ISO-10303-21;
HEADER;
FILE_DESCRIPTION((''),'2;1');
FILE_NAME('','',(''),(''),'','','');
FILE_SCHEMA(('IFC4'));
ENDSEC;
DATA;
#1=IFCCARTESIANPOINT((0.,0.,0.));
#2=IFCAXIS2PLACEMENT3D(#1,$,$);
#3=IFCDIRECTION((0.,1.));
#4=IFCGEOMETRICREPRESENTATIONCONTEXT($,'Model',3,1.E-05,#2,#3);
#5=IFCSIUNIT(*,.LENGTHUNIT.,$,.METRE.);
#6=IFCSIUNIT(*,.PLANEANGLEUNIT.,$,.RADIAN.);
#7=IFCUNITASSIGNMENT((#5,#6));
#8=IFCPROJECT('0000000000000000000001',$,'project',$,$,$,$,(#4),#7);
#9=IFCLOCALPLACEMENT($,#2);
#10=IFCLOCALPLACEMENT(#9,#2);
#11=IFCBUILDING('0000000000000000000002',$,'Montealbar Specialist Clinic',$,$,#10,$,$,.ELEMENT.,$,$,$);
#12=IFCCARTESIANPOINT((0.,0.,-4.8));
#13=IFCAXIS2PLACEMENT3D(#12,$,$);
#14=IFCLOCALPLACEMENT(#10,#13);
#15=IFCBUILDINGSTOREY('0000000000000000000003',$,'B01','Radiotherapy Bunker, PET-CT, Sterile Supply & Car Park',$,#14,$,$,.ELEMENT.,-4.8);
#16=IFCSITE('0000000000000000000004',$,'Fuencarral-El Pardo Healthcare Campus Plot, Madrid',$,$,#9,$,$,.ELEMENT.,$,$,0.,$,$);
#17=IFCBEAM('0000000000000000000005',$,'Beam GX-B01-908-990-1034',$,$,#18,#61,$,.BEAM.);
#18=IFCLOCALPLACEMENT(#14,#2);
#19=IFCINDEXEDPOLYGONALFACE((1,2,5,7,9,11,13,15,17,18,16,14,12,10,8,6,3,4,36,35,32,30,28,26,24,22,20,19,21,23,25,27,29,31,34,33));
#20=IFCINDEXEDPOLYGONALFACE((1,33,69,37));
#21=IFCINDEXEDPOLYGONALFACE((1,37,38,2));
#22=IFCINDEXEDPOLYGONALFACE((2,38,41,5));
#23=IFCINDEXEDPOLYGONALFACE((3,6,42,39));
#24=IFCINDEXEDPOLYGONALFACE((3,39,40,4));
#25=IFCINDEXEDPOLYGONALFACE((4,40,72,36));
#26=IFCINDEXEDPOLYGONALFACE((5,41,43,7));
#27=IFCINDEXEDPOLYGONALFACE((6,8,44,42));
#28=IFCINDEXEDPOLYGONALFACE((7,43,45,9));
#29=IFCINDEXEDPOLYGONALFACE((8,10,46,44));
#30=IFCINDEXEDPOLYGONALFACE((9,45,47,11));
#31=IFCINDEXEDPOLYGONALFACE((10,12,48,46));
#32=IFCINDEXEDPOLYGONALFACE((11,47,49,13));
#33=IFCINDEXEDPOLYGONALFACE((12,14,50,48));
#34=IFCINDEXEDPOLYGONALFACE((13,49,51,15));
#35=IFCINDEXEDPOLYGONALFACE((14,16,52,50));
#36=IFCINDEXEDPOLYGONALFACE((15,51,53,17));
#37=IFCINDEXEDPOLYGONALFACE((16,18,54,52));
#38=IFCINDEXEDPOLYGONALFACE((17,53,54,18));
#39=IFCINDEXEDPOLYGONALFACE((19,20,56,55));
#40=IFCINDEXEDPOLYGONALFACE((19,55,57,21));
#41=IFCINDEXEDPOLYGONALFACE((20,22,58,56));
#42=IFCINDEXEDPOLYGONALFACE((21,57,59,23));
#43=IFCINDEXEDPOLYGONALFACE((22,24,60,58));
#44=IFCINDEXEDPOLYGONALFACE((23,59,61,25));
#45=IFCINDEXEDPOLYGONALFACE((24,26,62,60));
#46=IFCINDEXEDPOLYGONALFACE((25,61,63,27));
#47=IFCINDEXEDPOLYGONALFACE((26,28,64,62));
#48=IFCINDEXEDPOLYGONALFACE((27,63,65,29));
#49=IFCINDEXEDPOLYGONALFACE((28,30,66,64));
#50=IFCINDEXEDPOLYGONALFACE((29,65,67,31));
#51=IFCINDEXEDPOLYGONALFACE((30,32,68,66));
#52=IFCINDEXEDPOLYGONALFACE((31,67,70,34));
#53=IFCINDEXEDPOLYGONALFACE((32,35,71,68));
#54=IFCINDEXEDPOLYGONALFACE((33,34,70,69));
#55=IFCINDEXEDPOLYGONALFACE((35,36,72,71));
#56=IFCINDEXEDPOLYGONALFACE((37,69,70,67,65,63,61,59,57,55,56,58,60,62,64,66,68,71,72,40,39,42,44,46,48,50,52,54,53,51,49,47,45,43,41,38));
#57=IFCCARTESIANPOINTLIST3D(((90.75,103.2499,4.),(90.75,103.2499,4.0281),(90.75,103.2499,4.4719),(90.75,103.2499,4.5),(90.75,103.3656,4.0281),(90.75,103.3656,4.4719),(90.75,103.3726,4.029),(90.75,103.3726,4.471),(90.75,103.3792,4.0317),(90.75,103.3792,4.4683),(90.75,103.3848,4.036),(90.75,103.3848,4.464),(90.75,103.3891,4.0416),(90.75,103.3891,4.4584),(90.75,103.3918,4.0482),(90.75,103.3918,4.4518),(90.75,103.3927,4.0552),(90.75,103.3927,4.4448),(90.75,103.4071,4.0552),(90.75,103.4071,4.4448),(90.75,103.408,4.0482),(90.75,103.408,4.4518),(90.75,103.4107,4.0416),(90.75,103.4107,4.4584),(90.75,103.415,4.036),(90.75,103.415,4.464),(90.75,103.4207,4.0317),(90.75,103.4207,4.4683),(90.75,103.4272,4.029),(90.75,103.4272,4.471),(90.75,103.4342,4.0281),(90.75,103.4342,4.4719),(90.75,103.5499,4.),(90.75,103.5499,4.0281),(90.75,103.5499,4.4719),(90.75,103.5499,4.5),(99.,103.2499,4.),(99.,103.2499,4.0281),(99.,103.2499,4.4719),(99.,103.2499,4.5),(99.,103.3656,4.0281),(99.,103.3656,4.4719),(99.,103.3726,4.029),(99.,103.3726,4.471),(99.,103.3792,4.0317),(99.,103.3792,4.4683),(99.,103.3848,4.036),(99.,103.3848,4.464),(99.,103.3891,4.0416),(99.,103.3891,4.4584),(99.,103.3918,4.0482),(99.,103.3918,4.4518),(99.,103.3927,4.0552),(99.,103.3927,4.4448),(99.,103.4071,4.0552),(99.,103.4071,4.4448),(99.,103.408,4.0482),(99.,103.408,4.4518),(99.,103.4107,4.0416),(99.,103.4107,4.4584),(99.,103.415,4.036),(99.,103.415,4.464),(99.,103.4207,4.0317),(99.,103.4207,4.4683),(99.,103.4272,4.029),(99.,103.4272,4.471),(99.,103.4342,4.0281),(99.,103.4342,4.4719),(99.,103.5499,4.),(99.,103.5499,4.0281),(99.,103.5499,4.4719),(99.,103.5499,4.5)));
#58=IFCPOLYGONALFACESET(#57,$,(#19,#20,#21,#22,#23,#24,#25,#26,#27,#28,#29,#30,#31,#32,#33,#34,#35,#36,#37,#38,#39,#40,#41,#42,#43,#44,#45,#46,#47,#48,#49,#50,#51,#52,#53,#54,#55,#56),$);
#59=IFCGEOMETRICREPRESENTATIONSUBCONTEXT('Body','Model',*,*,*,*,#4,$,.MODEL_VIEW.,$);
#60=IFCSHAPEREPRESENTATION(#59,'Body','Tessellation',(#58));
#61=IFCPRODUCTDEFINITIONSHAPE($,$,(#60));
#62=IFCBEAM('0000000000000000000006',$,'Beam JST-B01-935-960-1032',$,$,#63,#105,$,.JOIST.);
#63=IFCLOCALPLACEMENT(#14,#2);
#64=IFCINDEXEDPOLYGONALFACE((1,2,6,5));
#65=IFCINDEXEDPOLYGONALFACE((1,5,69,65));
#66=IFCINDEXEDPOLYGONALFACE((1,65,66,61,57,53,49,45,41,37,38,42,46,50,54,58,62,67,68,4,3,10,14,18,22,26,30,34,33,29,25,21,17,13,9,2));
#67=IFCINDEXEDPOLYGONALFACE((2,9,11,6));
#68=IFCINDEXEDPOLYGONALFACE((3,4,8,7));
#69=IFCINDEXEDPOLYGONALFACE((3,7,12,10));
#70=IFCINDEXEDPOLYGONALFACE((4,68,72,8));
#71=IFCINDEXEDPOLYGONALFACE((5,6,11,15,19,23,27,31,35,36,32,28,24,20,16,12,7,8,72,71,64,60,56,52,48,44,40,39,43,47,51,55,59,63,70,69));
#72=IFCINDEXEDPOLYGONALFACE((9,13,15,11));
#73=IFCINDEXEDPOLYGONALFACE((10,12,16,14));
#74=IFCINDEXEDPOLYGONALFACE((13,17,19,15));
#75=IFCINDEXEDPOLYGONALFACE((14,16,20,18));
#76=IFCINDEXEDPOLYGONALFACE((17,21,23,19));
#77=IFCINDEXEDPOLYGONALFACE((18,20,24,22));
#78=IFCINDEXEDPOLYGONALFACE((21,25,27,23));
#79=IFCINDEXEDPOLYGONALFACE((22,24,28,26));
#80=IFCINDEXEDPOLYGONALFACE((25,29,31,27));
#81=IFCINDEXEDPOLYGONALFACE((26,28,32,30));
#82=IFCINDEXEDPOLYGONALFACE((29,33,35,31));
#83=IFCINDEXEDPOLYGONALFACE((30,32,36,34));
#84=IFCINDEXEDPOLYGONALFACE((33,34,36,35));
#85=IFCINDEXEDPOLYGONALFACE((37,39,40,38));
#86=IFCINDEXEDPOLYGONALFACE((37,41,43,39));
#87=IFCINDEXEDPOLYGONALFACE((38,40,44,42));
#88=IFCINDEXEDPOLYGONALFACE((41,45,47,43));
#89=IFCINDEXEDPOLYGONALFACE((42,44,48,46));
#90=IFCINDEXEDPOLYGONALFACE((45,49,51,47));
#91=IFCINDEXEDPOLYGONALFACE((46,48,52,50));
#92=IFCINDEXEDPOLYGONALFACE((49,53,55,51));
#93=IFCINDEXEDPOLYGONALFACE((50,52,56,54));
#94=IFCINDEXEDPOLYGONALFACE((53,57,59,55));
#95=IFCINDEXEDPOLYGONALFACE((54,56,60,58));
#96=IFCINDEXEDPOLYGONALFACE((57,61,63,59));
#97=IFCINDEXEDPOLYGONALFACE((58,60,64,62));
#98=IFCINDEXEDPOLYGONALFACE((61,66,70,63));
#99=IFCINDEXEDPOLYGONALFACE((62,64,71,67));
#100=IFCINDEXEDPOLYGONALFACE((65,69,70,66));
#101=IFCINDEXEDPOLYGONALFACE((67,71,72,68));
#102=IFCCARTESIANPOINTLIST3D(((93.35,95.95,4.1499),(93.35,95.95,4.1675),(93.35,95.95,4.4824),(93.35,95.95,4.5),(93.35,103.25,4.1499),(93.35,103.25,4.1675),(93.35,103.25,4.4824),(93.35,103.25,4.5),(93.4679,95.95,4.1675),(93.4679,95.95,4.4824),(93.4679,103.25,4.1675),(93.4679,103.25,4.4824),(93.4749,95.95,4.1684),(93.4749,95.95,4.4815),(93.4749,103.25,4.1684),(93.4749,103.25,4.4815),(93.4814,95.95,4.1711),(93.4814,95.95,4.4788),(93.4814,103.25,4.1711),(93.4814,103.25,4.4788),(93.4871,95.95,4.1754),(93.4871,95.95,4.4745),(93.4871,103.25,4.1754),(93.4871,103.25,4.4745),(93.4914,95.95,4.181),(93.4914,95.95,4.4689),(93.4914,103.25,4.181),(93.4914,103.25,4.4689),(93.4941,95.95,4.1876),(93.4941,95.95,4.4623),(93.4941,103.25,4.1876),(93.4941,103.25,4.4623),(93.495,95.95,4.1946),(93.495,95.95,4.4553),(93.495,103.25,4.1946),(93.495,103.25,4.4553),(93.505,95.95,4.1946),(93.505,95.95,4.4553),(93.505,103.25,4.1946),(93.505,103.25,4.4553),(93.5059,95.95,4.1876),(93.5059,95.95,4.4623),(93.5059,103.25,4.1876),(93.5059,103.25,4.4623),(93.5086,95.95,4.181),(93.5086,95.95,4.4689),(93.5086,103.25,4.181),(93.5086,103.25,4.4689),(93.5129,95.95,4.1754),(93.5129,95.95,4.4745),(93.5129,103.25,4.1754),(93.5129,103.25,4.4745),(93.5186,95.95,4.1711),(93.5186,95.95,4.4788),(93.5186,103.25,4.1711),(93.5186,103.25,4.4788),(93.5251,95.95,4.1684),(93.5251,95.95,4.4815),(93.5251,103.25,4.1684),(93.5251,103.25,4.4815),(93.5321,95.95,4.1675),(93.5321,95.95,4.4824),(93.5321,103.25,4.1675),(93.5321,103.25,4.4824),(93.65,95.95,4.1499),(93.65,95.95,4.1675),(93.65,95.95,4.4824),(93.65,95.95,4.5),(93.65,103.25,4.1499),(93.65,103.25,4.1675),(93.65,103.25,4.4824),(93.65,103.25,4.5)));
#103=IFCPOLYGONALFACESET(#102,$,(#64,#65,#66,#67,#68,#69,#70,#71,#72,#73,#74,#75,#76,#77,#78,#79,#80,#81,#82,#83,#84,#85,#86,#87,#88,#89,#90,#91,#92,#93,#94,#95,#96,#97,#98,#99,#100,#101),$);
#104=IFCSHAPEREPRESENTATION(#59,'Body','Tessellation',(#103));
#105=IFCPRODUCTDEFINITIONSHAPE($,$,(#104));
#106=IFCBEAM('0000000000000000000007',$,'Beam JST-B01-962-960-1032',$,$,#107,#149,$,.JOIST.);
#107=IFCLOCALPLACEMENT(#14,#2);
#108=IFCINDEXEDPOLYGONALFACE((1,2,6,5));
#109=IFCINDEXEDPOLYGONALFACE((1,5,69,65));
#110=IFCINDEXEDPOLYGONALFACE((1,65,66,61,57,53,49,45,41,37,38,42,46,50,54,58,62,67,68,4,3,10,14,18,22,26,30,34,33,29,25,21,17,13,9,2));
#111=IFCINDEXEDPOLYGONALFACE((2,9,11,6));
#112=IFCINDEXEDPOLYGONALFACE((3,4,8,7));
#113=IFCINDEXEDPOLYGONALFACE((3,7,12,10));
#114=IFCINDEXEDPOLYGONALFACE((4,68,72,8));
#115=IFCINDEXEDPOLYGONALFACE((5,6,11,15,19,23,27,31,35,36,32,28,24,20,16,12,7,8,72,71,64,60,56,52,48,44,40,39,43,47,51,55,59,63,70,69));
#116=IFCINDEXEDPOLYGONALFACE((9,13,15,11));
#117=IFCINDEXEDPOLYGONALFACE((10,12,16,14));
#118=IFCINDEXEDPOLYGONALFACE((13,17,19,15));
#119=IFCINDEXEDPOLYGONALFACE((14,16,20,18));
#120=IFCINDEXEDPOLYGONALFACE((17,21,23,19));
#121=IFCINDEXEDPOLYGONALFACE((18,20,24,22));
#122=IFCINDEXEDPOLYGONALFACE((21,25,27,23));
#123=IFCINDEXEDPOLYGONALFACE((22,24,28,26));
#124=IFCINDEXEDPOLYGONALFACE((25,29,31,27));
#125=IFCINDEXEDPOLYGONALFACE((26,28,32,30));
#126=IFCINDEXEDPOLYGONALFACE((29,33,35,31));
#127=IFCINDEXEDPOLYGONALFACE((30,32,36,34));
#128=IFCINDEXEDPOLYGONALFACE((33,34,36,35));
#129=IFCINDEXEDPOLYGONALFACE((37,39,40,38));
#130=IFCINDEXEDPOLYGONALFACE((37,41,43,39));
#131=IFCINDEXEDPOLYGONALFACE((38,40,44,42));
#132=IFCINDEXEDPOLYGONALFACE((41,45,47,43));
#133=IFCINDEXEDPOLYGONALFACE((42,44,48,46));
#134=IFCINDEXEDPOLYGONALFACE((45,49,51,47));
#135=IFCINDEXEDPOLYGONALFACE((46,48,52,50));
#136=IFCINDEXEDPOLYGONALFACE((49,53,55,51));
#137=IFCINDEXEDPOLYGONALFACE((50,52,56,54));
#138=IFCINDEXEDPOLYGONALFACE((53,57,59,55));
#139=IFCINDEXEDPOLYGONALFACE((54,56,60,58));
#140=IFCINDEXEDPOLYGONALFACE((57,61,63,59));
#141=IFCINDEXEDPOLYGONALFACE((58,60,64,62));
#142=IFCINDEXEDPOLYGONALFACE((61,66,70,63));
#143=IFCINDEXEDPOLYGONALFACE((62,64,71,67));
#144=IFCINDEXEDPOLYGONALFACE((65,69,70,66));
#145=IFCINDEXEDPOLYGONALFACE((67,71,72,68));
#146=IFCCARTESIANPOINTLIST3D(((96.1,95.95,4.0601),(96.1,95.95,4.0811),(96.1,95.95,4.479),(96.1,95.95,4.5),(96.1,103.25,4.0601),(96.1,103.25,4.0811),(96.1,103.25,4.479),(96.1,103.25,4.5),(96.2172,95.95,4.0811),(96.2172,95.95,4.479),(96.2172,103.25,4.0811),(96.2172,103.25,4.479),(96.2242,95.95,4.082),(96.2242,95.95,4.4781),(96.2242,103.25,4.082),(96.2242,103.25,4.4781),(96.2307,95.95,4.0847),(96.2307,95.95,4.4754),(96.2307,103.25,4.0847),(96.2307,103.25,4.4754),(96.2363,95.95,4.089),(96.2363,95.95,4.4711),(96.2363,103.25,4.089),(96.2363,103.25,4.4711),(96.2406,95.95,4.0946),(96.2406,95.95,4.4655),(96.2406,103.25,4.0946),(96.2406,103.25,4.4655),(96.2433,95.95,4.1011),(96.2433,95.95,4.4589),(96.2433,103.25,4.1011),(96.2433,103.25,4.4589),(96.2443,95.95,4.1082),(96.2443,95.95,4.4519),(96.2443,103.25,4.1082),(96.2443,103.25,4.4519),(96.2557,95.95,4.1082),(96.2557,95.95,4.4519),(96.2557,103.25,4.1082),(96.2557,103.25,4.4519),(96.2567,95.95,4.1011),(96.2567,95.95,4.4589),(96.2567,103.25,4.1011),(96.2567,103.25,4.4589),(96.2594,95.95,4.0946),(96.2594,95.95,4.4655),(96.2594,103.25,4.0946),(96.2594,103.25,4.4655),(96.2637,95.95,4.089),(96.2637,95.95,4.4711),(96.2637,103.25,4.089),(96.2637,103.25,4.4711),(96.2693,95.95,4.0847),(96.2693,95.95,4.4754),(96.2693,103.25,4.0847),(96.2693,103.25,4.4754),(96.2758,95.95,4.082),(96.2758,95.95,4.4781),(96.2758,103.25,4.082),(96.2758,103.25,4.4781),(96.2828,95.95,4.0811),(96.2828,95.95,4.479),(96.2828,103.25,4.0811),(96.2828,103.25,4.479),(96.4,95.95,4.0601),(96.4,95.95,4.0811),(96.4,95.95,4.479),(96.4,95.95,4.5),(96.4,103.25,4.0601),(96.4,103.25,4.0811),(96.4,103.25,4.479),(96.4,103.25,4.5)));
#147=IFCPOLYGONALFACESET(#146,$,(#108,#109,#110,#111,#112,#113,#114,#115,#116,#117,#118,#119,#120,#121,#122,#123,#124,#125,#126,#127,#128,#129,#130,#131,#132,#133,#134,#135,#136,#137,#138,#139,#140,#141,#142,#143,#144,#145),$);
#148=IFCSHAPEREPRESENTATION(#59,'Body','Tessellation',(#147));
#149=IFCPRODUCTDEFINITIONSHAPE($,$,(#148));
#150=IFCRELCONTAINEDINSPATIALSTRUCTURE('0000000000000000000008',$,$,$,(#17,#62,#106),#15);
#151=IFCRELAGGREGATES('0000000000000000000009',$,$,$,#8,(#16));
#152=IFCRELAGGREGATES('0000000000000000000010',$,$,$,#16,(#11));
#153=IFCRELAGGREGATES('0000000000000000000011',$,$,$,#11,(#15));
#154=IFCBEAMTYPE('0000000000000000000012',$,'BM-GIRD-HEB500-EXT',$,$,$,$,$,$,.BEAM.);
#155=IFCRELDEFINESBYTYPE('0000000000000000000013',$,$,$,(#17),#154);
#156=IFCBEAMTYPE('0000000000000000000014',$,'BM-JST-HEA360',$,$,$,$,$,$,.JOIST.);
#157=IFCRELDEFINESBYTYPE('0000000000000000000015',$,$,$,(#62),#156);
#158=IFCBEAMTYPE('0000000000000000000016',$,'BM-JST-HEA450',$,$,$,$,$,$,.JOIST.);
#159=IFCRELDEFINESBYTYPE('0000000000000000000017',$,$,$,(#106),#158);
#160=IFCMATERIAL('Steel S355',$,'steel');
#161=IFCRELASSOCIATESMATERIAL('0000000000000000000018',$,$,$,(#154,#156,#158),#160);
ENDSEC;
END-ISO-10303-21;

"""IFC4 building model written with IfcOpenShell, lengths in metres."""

from ifc_helpers import new_model, si_unit, direction, frame, origin, origin_2d, place, context, subcontext, project, spatial, i_section, extrude, material, material_profile, profile_set, type_object, element, save


model = new_model("IFC4")

# Units and contexts
model_context = context("Model", 3, precision=1e-05, world=origin(), true_north=direction((0.0, 1.0)))
body_context = subcontext(model_context, "Body", "Model", "MODEL_VIEW")
ifc_project = project(units=[si_unit("LENGTHUNIT", "METRE"), si_unit("PLANEANGLEUNIT", "RADIAN")], contexts=[model_context])

# Site, building, storey
site_placement = place(None, origin())
site = spatial("IfcSite", under=ifc_project, at=site_placement, Name="Fuencarral-El Pardo Healthcare Campus Plot, Madrid", CompositionType="ELEMENT", RefElevation=0.0)
building_placement = place(site_placement, origin())
building = spatial("IfcBuilding", under=site, at=building_placement, Name="Montealbar Specialist Clinic", CompositionType="ELEMENT")
storey_placement = place(building_placement, frame((0.0, 0.0, -4.8)))
storey = spatial("IfcBuildingStorey", under=building, at=storey_placement, Name="B01", Description="Radiotherapy Bunker, PET-CT, Sterile Supply & Car Park", CompositionType="ELEMENT", Elevation=-4.8)

# Shared definitions
ifc_material_1 = material(Name="Steel S355", Category="steel")

# Beams
ifc_material_profile_1 = material_profile(ifc_material_1, i_section(OverallWidth=0.3, OverallDepth=0.5, WebThickness=0.0144, FlangeThickness=0.0281, FilletRadius=0.0271, at=origin_2d()), Name="HEB 500", Category="steel")
ifc_profile_set_1 = profile_set([ifc_material_profile_1], Name="Steel S355")
beam_type_1 = type_object("IfcBeamType", Name="BM-GIRD-HEB500-EXT", PredefinedType="BEAM", material=ifc_profile_set_1)
for number, where, z_axis, x_axis, name in (
    (1, (90.75, 103.3999, 4.25), (1.0, 0.0, 0.0), (0.0, 1.0, 0.0), "Beam GX-B01-908-990-1034"),
):
    element("IfcBeam", number, at=place(storey_placement, frame(where, z_axis=z_axis, x_axis=x_axis)), inside=storey, type_object=beam_type_1, Name=name, PredefinedType="BEAM", context=body_context, shape_type="SweptSolid", body=[
        extrude(i_section(OverallWidth=0.3, OverallDepth=0.5, WebThickness=0.0144, FlangeThickness=0.0281, FilletRadius=0.0271, at=origin_2d()), origin(), (0.0, 0.0, 1.0), 8.25),
    ])
ifc_material_profile_2 = material_profile(ifc_material_1, i_section(OverallWidth=0.3, OverallDepth=0.3501, WebThickness=0.01, FlangeThickness=0.0176, FilletRadius=0.0271, at=origin_2d()), Name="HEA 360", Category="steel")
ifc_profile_set_2 = profile_set([ifc_material_profile_2], Name="Steel S355")
beam_type_2 = type_object("IfcBeamType", Name="BM-JST-HEA360", PredefinedType="JOIST", material=ifc_profile_set_2)
beam_1_placement = place(storey_placement, frame((93.5, 95.95, 4.325), z_axis=(0.0, 1.0, 0.0), x_axis=(-1.0, 0.0, 0.0)))
element("IfcBeam", 2, at=beam_1_placement, inside=storey, type_object=beam_type_2, Name="Beam JST-B01-935-960-1032", PredefinedType="JOIST", context=body_context, shape_type="SweptSolid", body=[
    extrude(i_section(OverallWidth=0.3, OverallDepth=0.3501, WebThickness=0.01, FlangeThickness=0.0176, FilletRadius=0.0271, at=origin_2d()), origin(), (0.0, 0.0, 1.0), 7.3),
])
ifc_material_profile_3 = material_profile(ifc_material_1, i_section(OverallWidth=0.3, OverallDepth=0.4399, WebThickness=0.0115, FlangeThickness=0.021, FilletRadius=0.0271, at=origin_2d()), Name="HEA 450", Category="steel")
ifc_profile_set_3 = profile_set([ifc_material_profile_3], Name="Steel S355")
beam_type_3 = type_object("IfcBeamType", Name="BM-JST-HEA450", PredefinedType="JOIST", material=ifc_profile_set_3)
beam_2_placement = place(storey_placement, frame((96.25, 95.95, 4.28), z_axis=(0.0, 1.0, 0.0), x_axis=(-1.0, 0.0, 0.0)))
element("IfcBeam", 3, at=beam_2_placement, inside=storey, type_object=beam_type_3, Name="Beam JST-B01-962-960-1032", PredefinedType="JOIST", context=body_context, shape_type="SweptSolid", body=[
    extrude(i_section(OverallWidth=0.3, OverallDepth=0.4399, WebThickness=0.0115, FlangeThickness=0.021, FilletRadius=0.0271, at=origin_2d()), origin(), (0.0, 0.0, 1.0), 7.3),
])

save(model, "model.ifc")
